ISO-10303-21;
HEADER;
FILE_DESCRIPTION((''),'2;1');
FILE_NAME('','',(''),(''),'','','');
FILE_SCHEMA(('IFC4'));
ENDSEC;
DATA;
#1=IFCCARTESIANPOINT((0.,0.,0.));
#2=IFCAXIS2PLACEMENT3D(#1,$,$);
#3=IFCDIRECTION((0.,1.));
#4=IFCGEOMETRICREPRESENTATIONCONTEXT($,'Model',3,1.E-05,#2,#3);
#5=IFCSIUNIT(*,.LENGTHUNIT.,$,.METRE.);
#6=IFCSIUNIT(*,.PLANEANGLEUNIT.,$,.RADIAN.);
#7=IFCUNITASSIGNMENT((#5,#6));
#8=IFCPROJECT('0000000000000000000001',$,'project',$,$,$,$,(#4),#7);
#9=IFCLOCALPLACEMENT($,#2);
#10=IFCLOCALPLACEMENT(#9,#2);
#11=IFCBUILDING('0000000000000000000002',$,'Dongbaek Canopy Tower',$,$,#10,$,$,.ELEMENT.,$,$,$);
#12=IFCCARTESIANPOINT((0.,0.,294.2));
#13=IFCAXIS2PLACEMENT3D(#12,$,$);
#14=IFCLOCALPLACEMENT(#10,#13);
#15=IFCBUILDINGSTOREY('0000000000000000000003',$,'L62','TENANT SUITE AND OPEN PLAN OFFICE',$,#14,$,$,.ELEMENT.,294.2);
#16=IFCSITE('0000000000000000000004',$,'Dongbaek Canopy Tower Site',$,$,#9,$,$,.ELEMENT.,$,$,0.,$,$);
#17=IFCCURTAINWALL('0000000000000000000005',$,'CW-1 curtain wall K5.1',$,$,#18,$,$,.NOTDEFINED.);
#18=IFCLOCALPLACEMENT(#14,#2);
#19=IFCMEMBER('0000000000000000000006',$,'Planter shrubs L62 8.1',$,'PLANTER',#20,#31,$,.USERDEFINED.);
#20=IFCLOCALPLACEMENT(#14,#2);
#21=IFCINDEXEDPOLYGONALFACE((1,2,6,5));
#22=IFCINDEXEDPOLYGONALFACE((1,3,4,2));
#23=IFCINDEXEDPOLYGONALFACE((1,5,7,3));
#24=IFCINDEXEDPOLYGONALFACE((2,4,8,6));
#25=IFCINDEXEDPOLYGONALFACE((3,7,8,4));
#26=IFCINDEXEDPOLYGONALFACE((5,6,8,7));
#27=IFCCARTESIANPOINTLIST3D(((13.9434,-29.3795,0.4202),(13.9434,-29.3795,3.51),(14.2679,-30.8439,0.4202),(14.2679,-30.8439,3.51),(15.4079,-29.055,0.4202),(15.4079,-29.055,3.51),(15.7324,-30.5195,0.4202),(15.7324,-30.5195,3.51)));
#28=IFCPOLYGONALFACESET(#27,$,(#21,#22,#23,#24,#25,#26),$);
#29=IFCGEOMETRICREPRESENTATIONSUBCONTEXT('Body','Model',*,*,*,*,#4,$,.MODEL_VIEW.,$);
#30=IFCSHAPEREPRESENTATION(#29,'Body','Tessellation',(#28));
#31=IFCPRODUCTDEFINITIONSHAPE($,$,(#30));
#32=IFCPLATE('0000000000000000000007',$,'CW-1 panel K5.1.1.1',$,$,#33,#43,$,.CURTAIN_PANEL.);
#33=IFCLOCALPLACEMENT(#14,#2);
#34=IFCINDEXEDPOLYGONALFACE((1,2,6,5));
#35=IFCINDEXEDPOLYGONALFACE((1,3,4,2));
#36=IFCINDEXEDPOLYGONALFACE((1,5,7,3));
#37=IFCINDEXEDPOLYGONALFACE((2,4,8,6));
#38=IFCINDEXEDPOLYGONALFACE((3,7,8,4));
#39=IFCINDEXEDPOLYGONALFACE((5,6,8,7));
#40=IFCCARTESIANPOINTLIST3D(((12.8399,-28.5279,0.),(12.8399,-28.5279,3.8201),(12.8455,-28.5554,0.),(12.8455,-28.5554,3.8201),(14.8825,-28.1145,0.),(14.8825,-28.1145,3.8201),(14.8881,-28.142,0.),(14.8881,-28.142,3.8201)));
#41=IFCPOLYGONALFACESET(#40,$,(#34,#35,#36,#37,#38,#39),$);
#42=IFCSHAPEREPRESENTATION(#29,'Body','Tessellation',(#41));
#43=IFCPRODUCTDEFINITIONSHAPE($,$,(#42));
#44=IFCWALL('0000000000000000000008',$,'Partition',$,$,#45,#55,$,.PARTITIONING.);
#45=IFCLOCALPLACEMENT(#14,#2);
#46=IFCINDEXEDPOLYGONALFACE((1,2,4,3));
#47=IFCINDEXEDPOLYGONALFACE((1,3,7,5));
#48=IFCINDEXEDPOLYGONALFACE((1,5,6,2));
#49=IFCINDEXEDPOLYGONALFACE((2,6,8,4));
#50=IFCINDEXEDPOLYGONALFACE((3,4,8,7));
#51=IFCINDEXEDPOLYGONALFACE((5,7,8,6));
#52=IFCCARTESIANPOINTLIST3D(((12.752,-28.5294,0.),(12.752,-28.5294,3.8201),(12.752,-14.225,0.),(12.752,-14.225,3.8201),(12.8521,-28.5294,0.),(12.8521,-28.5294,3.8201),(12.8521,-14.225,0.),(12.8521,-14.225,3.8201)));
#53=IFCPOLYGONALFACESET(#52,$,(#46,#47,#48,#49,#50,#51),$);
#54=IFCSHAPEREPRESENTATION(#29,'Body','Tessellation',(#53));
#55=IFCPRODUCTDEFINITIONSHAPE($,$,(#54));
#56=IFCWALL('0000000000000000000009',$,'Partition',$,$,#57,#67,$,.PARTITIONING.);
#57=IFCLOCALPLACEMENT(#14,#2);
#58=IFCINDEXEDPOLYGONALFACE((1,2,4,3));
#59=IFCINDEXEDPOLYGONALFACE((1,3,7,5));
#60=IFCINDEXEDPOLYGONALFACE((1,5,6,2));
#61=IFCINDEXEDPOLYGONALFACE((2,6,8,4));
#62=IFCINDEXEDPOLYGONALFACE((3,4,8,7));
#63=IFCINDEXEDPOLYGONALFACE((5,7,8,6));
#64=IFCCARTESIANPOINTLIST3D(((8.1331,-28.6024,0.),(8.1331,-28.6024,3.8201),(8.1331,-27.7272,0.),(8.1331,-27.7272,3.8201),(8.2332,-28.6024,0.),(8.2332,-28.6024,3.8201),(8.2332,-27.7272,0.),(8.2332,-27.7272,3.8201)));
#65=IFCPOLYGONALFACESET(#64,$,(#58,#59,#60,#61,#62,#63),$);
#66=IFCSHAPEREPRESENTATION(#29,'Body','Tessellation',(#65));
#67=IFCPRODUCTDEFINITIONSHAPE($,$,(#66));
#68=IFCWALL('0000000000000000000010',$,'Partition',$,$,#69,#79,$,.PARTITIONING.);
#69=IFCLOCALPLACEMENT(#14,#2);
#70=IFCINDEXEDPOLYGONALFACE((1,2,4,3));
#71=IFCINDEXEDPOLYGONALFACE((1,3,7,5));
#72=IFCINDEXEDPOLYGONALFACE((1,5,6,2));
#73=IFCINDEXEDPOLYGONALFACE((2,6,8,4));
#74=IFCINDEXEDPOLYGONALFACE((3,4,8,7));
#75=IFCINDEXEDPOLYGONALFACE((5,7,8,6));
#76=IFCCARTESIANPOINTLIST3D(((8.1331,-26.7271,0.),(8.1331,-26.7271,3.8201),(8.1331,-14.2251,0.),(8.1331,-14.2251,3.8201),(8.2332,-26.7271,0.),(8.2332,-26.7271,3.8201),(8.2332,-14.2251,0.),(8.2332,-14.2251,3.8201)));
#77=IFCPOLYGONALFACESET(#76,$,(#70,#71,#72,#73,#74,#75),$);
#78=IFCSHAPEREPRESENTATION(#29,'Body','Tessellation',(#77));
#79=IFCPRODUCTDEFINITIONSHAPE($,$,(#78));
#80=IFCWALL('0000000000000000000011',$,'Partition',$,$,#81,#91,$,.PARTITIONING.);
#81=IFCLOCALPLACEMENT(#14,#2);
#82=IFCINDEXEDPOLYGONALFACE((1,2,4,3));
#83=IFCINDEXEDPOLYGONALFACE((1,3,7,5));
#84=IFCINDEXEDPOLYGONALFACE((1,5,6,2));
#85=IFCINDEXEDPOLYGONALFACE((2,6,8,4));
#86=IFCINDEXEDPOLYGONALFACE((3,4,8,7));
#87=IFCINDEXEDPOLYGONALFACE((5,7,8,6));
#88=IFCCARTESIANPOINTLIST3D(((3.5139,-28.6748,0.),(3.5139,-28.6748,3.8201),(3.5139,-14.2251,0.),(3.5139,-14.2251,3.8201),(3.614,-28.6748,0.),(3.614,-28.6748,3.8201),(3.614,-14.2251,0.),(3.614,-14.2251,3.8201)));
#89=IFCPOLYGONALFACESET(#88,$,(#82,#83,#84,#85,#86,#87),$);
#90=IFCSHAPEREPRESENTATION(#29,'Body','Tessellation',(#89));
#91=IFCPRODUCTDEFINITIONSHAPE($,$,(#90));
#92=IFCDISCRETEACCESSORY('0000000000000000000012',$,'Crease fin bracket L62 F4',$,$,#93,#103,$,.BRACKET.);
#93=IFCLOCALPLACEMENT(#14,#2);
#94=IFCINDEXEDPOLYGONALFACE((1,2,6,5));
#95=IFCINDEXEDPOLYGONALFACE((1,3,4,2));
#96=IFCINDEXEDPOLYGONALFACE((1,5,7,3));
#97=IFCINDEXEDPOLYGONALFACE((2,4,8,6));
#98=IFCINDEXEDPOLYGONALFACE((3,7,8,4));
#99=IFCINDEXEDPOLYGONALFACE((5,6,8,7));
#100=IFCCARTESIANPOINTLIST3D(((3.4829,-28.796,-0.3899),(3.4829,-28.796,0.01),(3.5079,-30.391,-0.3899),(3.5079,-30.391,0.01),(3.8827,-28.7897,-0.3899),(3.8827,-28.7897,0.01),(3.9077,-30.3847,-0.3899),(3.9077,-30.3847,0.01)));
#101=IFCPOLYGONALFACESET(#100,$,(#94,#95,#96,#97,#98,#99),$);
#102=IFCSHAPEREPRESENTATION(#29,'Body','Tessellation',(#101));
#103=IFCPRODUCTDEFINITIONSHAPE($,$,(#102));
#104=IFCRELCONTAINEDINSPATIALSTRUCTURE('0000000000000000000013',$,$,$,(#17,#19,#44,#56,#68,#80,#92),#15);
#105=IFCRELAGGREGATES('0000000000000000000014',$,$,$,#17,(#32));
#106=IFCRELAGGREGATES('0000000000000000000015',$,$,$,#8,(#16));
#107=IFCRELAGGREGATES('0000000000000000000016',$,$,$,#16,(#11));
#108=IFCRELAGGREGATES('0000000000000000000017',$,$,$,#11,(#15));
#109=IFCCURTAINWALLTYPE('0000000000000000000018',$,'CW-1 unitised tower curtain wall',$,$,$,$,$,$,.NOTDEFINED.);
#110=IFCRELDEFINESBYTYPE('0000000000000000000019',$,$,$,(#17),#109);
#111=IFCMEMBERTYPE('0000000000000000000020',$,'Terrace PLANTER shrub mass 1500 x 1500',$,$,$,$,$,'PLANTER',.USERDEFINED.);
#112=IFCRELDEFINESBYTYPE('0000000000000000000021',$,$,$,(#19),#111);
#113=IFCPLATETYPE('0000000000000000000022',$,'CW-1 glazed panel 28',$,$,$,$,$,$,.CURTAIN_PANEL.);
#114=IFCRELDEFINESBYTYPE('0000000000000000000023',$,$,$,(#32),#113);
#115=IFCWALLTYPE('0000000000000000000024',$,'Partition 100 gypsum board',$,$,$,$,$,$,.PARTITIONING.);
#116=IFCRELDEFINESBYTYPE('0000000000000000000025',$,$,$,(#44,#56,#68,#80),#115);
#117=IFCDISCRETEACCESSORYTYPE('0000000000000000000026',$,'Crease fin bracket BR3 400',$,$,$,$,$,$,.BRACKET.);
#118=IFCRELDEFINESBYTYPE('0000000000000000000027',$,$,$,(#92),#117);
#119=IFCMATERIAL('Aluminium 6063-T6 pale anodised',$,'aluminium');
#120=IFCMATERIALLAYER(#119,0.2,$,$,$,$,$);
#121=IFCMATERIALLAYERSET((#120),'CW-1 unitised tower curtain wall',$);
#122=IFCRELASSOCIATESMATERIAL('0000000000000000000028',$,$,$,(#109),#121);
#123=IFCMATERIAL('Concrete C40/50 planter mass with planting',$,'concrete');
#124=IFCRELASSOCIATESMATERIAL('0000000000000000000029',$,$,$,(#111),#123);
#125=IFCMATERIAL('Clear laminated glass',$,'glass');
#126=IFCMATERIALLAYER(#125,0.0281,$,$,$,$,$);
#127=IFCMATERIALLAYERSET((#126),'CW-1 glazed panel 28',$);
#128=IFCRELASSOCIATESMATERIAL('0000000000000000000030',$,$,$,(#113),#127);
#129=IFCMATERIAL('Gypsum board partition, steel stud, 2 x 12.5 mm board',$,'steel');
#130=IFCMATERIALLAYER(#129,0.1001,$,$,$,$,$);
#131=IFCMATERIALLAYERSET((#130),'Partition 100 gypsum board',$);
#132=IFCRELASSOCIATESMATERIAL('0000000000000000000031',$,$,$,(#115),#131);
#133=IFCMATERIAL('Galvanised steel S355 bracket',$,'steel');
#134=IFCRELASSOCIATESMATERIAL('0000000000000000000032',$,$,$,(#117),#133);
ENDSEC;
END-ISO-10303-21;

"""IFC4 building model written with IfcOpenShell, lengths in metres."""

from ifc_helpers import new_model, si_unit, direction, frame, frame_2d, origin, origin_2d, place, context, subcontext, project, spatial, rectangle, extrude, material, layer, layer_set, material_profile, profile_set, type_object, element, aggregate, save


model = new_model("IFC4")

# Units and contexts
model_context = context("Model", 3, precision=1e-05, world=origin(), true_north=direction((0.0, 1.0)))
body_context = subcontext(model_context, "Body", "Model", "MODEL_VIEW")
ifc_project = project(units=[si_unit("LENGTHUNIT", "METRE"), si_unit("PLANEANGLEUNIT", "RADIAN")], contexts=[model_context])

# Site, building, storey
site_placement = place(None, origin())
site = spatial("IfcSite", under=ifc_project, at=site_placement, Name="Dongbaek Canopy Tower Site", CompositionType="ELEMENT", RefElevation=0.0)
building_placement = place(site_placement, origin())
building = spatial("IfcBuilding", under=site, at=building_placement, Name="Dongbaek Canopy Tower", CompositionType="ELEMENT")
storey_placement = place(building_placement, frame((0.0, 0.0, 294.2)))
storey = spatial("IfcBuildingStorey", under=building, at=storey_placement, Name="L62", Description="TENANT SUITE AND OPEN PLAN OFFICE", CompositionType="ELEMENT", Elevation=294.2)

# Curtain wall
ifc_material_1 = material(Name="Aluminium 6063-T6 pale anodised", Category="aluminium")
ifc_layer_1 = layer(ifc_material_1, 0.2)
ifc_layer_set_1 = layer_set([ifc_layer_1], Name="CW-1 unitised tower curtain wall")
curtain_wall_type = type_object("IfcCurtainWallType", Name="CW-1 unitised tower curtain wall", PredefinedType="NOTDEFINED", material=ifc_layer_set_1)
curtain_wall_placement = place(storey_placement, origin())
curtain_wall = element("IfcCurtainWall", 1, at=curtain_wall_placement, inside=storey, type_object=curtain_wall_type, Name="CW-1 curtain wall K5.1", PredefinedType="NOTDEFINED")

# Member
ifc_material_2 = material(Name="Concrete C40/50 planter mass with planting", Category="concrete")
ifc_material_profile_1 = material_profile(ifc_material_2, rectangle(XDim=1.5, YDim=1.5, at=origin_2d()), Name="Terrace PLANTER shrub mass 1500 x 1500")
ifc_profile_set_1 = profile_set([ifc_material_profile_1], Name="Concrete C40/50 planter mass with planting")
member_type_1 = type_object("IfcMemberType", Name="Terrace PLANTER shrub mass 1500 x 1500", ElementType="PLANTER", PredefinedType="USERDEFINED", material=ifc_profile_set_1)
for number, where, z_axis, x_axis, name in (
    (2, (14.8379, -29.9495, 0.4202), (0.0, 0.0, 1.0), (0.216327, -0.976321, 0.0), "Planter shrubs L62 8.1"),
):
    element("IfcMember", number, at=place(storey_placement, frame(where, z_axis=z_axis, x_axis=x_axis)), inside=storey, type_object=member_type_1, Name=name, ObjectType="PLANTER", PredefinedType="USERDEFINED", context=body_context, shape_type="SweptSolid", body=[
        extrude(rectangle(XDim=1.5, YDim=1.5, at=origin_2d()), origin(), (0.0, 0.0, 1.0), 3.0898),
    ])

# Plate
ifc_material_3 = material(Name="Clear laminated glass", Category="glass")
ifc_layer_2 = layer(ifc_material_3, 0.0281)
ifc_layer_set_2 = layer_set([ifc_layer_2], Name="CW-1 glazed panel 28")
plate_type = type_object("IfcPlateType", Name="CW-1 glazed panel 28", PredefinedType="CURTAIN_PANEL", material=ifc_layer_set_2)
plate_placement = place(storey_placement, frame((13.864, -28.335, 0.0), z_axis=(0.0, 0.0, 1.0), x_axis=(0.980125, 0.198379, 0.0)))
plate = element("IfcPlate", 3, at=plate_placement, type_object=plate_type, Name="CW-1 panel K5.1.1.1", PredefinedType="CURTAIN_PANEL", context=body_context, shape_type="SweptSolid", body=[
    extrude(rectangle(XDim=2.084, YDim=0.0281, at=origin_2d()), origin(), (0.0, 0.0, 1.0), 3.8201),
])
aggregate(curtain_wall, [plate])

# Walls
ifc_material_4 = material(Name="Gypsum board partition, steel stud, 2 x 12.5 mm board", Category="steel")
ifc_layer_3 = layer(ifc_material_4, 0.1001)
ifc_layer_set_3 = layer_set([ifc_layer_3], Name="Partition 100 gypsum board")
wall_type = type_object("IfcWallType", Name="Partition 100 gypsum board", PredefinedType="PARTITIONING", material=ifc_layer_set_3)
wall_1_placement = place(storey_placement, frame((12.802, -28.5295, 0.0), z_axis=(0.0, 0.0, 1.0), x_axis=(0.0, 1.0, 0.0)))
element("IfcWall", 4, at=wall_1_placement, inside=storey, type_object=wall_type, Name="Partition", PredefinedType="PARTITIONING", context=body_context, shape_type="SweptSolid", body=[
    extrude(rectangle(XDim=14.3044, YDim=0.1001, at=frame_2d((7.1523, 0.0))), origin(), (0.0, 0.0, 1.0), 3.8201),
])
wall_2_placement = place(storey_placement, frame((8.1831, -28.6023, 0.0), z_axis=(0.0, 0.0, 1.0), x_axis=(0.0, 1.0, 0.0)))
element("IfcWall", 5, at=wall_2_placement, inside=storey, type_object=wall_type, Name="Partition", PredefinedType="PARTITIONING", context=body_context, shape_type="SweptSolid", body=[
    extrude(rectangle(XDim=0.8752, YDim=0.1001, at=frame_2d((0.4375, 0.0))), origin(), (0.0, 0.0, 1.0), 3.8201),
])
wall_3_placement = place(storey_placement, frame((8.1831, -26.7271, 0.0), z_axis=(0.0, 0.0, 1.0), x_axis=(0.0, 1.0, 0.0)))
element("IfcWall", 6, at=wall_3_placement, inside=storey, type_object=wall_type, Name="Partition", PredefinedType="PARTITIONING", context=body_context, shape_type="SweptSolid", body=[
    extrude(rectangle(XDim=12.502, YDim=0.1001, at=frame_2d((6.251, 0.0))), origin(), (0.0, 0.0, 1.0), 3.8201),
])
wall_4_placement = place(storey_placement, frame((3.564, -28.6748, 0.0), z_axis=(0.0, 0.0, 1.0), x_axis=(0.0, 1.0, 0.0)))
element("IfcWall", 7, at=wall_4_placement, inside=storey, type_object=wall_type, Name="Partition", PredefinedType="PARTITIONING", context=body_context, shape_type="SweptSolid", body=[
    extrude(rectangle(XDim=14.4497, YDim=0.1001, at=frame_2d((7.2249, 0.0))), origin(), (0.0, 0.0, 1.0), 3.8201),
])

# Discrete accessory
ifc_material_5 = material(Name="Galvanised steel S355 bracket", Category="steel")
discrete_accessory_type = type_object("IfcDiscreteAccessoryType", Name="Crease fin bracket BR3 400", PredefinedType="BRACKET", material=ifc_material_5)
discrete_accessory_placement = place(storey_placement, frame((3.6953, -29.5903, -0.3899), z_axis=(0.0, 0.0, 1.0), x_axis=(0.015685, -0.999877, 0.0)))
element("IfcDiscreteAccessory", 8, at=discrete_accessory_placement, inside=storey, type_object=discrete_accessory_type, Name="Crease fin bracket L62 F4", PredefinedType="BRACKET", context=body_context, shape_type="SweptSolid", body=[
    extrude(rectangle(XDim=1.5952, YDim=0.3999, at=origin_2d()), origin(), (0.0, 0.0, 1.0), 0.3999),
])

save(model, "model.ifc")
